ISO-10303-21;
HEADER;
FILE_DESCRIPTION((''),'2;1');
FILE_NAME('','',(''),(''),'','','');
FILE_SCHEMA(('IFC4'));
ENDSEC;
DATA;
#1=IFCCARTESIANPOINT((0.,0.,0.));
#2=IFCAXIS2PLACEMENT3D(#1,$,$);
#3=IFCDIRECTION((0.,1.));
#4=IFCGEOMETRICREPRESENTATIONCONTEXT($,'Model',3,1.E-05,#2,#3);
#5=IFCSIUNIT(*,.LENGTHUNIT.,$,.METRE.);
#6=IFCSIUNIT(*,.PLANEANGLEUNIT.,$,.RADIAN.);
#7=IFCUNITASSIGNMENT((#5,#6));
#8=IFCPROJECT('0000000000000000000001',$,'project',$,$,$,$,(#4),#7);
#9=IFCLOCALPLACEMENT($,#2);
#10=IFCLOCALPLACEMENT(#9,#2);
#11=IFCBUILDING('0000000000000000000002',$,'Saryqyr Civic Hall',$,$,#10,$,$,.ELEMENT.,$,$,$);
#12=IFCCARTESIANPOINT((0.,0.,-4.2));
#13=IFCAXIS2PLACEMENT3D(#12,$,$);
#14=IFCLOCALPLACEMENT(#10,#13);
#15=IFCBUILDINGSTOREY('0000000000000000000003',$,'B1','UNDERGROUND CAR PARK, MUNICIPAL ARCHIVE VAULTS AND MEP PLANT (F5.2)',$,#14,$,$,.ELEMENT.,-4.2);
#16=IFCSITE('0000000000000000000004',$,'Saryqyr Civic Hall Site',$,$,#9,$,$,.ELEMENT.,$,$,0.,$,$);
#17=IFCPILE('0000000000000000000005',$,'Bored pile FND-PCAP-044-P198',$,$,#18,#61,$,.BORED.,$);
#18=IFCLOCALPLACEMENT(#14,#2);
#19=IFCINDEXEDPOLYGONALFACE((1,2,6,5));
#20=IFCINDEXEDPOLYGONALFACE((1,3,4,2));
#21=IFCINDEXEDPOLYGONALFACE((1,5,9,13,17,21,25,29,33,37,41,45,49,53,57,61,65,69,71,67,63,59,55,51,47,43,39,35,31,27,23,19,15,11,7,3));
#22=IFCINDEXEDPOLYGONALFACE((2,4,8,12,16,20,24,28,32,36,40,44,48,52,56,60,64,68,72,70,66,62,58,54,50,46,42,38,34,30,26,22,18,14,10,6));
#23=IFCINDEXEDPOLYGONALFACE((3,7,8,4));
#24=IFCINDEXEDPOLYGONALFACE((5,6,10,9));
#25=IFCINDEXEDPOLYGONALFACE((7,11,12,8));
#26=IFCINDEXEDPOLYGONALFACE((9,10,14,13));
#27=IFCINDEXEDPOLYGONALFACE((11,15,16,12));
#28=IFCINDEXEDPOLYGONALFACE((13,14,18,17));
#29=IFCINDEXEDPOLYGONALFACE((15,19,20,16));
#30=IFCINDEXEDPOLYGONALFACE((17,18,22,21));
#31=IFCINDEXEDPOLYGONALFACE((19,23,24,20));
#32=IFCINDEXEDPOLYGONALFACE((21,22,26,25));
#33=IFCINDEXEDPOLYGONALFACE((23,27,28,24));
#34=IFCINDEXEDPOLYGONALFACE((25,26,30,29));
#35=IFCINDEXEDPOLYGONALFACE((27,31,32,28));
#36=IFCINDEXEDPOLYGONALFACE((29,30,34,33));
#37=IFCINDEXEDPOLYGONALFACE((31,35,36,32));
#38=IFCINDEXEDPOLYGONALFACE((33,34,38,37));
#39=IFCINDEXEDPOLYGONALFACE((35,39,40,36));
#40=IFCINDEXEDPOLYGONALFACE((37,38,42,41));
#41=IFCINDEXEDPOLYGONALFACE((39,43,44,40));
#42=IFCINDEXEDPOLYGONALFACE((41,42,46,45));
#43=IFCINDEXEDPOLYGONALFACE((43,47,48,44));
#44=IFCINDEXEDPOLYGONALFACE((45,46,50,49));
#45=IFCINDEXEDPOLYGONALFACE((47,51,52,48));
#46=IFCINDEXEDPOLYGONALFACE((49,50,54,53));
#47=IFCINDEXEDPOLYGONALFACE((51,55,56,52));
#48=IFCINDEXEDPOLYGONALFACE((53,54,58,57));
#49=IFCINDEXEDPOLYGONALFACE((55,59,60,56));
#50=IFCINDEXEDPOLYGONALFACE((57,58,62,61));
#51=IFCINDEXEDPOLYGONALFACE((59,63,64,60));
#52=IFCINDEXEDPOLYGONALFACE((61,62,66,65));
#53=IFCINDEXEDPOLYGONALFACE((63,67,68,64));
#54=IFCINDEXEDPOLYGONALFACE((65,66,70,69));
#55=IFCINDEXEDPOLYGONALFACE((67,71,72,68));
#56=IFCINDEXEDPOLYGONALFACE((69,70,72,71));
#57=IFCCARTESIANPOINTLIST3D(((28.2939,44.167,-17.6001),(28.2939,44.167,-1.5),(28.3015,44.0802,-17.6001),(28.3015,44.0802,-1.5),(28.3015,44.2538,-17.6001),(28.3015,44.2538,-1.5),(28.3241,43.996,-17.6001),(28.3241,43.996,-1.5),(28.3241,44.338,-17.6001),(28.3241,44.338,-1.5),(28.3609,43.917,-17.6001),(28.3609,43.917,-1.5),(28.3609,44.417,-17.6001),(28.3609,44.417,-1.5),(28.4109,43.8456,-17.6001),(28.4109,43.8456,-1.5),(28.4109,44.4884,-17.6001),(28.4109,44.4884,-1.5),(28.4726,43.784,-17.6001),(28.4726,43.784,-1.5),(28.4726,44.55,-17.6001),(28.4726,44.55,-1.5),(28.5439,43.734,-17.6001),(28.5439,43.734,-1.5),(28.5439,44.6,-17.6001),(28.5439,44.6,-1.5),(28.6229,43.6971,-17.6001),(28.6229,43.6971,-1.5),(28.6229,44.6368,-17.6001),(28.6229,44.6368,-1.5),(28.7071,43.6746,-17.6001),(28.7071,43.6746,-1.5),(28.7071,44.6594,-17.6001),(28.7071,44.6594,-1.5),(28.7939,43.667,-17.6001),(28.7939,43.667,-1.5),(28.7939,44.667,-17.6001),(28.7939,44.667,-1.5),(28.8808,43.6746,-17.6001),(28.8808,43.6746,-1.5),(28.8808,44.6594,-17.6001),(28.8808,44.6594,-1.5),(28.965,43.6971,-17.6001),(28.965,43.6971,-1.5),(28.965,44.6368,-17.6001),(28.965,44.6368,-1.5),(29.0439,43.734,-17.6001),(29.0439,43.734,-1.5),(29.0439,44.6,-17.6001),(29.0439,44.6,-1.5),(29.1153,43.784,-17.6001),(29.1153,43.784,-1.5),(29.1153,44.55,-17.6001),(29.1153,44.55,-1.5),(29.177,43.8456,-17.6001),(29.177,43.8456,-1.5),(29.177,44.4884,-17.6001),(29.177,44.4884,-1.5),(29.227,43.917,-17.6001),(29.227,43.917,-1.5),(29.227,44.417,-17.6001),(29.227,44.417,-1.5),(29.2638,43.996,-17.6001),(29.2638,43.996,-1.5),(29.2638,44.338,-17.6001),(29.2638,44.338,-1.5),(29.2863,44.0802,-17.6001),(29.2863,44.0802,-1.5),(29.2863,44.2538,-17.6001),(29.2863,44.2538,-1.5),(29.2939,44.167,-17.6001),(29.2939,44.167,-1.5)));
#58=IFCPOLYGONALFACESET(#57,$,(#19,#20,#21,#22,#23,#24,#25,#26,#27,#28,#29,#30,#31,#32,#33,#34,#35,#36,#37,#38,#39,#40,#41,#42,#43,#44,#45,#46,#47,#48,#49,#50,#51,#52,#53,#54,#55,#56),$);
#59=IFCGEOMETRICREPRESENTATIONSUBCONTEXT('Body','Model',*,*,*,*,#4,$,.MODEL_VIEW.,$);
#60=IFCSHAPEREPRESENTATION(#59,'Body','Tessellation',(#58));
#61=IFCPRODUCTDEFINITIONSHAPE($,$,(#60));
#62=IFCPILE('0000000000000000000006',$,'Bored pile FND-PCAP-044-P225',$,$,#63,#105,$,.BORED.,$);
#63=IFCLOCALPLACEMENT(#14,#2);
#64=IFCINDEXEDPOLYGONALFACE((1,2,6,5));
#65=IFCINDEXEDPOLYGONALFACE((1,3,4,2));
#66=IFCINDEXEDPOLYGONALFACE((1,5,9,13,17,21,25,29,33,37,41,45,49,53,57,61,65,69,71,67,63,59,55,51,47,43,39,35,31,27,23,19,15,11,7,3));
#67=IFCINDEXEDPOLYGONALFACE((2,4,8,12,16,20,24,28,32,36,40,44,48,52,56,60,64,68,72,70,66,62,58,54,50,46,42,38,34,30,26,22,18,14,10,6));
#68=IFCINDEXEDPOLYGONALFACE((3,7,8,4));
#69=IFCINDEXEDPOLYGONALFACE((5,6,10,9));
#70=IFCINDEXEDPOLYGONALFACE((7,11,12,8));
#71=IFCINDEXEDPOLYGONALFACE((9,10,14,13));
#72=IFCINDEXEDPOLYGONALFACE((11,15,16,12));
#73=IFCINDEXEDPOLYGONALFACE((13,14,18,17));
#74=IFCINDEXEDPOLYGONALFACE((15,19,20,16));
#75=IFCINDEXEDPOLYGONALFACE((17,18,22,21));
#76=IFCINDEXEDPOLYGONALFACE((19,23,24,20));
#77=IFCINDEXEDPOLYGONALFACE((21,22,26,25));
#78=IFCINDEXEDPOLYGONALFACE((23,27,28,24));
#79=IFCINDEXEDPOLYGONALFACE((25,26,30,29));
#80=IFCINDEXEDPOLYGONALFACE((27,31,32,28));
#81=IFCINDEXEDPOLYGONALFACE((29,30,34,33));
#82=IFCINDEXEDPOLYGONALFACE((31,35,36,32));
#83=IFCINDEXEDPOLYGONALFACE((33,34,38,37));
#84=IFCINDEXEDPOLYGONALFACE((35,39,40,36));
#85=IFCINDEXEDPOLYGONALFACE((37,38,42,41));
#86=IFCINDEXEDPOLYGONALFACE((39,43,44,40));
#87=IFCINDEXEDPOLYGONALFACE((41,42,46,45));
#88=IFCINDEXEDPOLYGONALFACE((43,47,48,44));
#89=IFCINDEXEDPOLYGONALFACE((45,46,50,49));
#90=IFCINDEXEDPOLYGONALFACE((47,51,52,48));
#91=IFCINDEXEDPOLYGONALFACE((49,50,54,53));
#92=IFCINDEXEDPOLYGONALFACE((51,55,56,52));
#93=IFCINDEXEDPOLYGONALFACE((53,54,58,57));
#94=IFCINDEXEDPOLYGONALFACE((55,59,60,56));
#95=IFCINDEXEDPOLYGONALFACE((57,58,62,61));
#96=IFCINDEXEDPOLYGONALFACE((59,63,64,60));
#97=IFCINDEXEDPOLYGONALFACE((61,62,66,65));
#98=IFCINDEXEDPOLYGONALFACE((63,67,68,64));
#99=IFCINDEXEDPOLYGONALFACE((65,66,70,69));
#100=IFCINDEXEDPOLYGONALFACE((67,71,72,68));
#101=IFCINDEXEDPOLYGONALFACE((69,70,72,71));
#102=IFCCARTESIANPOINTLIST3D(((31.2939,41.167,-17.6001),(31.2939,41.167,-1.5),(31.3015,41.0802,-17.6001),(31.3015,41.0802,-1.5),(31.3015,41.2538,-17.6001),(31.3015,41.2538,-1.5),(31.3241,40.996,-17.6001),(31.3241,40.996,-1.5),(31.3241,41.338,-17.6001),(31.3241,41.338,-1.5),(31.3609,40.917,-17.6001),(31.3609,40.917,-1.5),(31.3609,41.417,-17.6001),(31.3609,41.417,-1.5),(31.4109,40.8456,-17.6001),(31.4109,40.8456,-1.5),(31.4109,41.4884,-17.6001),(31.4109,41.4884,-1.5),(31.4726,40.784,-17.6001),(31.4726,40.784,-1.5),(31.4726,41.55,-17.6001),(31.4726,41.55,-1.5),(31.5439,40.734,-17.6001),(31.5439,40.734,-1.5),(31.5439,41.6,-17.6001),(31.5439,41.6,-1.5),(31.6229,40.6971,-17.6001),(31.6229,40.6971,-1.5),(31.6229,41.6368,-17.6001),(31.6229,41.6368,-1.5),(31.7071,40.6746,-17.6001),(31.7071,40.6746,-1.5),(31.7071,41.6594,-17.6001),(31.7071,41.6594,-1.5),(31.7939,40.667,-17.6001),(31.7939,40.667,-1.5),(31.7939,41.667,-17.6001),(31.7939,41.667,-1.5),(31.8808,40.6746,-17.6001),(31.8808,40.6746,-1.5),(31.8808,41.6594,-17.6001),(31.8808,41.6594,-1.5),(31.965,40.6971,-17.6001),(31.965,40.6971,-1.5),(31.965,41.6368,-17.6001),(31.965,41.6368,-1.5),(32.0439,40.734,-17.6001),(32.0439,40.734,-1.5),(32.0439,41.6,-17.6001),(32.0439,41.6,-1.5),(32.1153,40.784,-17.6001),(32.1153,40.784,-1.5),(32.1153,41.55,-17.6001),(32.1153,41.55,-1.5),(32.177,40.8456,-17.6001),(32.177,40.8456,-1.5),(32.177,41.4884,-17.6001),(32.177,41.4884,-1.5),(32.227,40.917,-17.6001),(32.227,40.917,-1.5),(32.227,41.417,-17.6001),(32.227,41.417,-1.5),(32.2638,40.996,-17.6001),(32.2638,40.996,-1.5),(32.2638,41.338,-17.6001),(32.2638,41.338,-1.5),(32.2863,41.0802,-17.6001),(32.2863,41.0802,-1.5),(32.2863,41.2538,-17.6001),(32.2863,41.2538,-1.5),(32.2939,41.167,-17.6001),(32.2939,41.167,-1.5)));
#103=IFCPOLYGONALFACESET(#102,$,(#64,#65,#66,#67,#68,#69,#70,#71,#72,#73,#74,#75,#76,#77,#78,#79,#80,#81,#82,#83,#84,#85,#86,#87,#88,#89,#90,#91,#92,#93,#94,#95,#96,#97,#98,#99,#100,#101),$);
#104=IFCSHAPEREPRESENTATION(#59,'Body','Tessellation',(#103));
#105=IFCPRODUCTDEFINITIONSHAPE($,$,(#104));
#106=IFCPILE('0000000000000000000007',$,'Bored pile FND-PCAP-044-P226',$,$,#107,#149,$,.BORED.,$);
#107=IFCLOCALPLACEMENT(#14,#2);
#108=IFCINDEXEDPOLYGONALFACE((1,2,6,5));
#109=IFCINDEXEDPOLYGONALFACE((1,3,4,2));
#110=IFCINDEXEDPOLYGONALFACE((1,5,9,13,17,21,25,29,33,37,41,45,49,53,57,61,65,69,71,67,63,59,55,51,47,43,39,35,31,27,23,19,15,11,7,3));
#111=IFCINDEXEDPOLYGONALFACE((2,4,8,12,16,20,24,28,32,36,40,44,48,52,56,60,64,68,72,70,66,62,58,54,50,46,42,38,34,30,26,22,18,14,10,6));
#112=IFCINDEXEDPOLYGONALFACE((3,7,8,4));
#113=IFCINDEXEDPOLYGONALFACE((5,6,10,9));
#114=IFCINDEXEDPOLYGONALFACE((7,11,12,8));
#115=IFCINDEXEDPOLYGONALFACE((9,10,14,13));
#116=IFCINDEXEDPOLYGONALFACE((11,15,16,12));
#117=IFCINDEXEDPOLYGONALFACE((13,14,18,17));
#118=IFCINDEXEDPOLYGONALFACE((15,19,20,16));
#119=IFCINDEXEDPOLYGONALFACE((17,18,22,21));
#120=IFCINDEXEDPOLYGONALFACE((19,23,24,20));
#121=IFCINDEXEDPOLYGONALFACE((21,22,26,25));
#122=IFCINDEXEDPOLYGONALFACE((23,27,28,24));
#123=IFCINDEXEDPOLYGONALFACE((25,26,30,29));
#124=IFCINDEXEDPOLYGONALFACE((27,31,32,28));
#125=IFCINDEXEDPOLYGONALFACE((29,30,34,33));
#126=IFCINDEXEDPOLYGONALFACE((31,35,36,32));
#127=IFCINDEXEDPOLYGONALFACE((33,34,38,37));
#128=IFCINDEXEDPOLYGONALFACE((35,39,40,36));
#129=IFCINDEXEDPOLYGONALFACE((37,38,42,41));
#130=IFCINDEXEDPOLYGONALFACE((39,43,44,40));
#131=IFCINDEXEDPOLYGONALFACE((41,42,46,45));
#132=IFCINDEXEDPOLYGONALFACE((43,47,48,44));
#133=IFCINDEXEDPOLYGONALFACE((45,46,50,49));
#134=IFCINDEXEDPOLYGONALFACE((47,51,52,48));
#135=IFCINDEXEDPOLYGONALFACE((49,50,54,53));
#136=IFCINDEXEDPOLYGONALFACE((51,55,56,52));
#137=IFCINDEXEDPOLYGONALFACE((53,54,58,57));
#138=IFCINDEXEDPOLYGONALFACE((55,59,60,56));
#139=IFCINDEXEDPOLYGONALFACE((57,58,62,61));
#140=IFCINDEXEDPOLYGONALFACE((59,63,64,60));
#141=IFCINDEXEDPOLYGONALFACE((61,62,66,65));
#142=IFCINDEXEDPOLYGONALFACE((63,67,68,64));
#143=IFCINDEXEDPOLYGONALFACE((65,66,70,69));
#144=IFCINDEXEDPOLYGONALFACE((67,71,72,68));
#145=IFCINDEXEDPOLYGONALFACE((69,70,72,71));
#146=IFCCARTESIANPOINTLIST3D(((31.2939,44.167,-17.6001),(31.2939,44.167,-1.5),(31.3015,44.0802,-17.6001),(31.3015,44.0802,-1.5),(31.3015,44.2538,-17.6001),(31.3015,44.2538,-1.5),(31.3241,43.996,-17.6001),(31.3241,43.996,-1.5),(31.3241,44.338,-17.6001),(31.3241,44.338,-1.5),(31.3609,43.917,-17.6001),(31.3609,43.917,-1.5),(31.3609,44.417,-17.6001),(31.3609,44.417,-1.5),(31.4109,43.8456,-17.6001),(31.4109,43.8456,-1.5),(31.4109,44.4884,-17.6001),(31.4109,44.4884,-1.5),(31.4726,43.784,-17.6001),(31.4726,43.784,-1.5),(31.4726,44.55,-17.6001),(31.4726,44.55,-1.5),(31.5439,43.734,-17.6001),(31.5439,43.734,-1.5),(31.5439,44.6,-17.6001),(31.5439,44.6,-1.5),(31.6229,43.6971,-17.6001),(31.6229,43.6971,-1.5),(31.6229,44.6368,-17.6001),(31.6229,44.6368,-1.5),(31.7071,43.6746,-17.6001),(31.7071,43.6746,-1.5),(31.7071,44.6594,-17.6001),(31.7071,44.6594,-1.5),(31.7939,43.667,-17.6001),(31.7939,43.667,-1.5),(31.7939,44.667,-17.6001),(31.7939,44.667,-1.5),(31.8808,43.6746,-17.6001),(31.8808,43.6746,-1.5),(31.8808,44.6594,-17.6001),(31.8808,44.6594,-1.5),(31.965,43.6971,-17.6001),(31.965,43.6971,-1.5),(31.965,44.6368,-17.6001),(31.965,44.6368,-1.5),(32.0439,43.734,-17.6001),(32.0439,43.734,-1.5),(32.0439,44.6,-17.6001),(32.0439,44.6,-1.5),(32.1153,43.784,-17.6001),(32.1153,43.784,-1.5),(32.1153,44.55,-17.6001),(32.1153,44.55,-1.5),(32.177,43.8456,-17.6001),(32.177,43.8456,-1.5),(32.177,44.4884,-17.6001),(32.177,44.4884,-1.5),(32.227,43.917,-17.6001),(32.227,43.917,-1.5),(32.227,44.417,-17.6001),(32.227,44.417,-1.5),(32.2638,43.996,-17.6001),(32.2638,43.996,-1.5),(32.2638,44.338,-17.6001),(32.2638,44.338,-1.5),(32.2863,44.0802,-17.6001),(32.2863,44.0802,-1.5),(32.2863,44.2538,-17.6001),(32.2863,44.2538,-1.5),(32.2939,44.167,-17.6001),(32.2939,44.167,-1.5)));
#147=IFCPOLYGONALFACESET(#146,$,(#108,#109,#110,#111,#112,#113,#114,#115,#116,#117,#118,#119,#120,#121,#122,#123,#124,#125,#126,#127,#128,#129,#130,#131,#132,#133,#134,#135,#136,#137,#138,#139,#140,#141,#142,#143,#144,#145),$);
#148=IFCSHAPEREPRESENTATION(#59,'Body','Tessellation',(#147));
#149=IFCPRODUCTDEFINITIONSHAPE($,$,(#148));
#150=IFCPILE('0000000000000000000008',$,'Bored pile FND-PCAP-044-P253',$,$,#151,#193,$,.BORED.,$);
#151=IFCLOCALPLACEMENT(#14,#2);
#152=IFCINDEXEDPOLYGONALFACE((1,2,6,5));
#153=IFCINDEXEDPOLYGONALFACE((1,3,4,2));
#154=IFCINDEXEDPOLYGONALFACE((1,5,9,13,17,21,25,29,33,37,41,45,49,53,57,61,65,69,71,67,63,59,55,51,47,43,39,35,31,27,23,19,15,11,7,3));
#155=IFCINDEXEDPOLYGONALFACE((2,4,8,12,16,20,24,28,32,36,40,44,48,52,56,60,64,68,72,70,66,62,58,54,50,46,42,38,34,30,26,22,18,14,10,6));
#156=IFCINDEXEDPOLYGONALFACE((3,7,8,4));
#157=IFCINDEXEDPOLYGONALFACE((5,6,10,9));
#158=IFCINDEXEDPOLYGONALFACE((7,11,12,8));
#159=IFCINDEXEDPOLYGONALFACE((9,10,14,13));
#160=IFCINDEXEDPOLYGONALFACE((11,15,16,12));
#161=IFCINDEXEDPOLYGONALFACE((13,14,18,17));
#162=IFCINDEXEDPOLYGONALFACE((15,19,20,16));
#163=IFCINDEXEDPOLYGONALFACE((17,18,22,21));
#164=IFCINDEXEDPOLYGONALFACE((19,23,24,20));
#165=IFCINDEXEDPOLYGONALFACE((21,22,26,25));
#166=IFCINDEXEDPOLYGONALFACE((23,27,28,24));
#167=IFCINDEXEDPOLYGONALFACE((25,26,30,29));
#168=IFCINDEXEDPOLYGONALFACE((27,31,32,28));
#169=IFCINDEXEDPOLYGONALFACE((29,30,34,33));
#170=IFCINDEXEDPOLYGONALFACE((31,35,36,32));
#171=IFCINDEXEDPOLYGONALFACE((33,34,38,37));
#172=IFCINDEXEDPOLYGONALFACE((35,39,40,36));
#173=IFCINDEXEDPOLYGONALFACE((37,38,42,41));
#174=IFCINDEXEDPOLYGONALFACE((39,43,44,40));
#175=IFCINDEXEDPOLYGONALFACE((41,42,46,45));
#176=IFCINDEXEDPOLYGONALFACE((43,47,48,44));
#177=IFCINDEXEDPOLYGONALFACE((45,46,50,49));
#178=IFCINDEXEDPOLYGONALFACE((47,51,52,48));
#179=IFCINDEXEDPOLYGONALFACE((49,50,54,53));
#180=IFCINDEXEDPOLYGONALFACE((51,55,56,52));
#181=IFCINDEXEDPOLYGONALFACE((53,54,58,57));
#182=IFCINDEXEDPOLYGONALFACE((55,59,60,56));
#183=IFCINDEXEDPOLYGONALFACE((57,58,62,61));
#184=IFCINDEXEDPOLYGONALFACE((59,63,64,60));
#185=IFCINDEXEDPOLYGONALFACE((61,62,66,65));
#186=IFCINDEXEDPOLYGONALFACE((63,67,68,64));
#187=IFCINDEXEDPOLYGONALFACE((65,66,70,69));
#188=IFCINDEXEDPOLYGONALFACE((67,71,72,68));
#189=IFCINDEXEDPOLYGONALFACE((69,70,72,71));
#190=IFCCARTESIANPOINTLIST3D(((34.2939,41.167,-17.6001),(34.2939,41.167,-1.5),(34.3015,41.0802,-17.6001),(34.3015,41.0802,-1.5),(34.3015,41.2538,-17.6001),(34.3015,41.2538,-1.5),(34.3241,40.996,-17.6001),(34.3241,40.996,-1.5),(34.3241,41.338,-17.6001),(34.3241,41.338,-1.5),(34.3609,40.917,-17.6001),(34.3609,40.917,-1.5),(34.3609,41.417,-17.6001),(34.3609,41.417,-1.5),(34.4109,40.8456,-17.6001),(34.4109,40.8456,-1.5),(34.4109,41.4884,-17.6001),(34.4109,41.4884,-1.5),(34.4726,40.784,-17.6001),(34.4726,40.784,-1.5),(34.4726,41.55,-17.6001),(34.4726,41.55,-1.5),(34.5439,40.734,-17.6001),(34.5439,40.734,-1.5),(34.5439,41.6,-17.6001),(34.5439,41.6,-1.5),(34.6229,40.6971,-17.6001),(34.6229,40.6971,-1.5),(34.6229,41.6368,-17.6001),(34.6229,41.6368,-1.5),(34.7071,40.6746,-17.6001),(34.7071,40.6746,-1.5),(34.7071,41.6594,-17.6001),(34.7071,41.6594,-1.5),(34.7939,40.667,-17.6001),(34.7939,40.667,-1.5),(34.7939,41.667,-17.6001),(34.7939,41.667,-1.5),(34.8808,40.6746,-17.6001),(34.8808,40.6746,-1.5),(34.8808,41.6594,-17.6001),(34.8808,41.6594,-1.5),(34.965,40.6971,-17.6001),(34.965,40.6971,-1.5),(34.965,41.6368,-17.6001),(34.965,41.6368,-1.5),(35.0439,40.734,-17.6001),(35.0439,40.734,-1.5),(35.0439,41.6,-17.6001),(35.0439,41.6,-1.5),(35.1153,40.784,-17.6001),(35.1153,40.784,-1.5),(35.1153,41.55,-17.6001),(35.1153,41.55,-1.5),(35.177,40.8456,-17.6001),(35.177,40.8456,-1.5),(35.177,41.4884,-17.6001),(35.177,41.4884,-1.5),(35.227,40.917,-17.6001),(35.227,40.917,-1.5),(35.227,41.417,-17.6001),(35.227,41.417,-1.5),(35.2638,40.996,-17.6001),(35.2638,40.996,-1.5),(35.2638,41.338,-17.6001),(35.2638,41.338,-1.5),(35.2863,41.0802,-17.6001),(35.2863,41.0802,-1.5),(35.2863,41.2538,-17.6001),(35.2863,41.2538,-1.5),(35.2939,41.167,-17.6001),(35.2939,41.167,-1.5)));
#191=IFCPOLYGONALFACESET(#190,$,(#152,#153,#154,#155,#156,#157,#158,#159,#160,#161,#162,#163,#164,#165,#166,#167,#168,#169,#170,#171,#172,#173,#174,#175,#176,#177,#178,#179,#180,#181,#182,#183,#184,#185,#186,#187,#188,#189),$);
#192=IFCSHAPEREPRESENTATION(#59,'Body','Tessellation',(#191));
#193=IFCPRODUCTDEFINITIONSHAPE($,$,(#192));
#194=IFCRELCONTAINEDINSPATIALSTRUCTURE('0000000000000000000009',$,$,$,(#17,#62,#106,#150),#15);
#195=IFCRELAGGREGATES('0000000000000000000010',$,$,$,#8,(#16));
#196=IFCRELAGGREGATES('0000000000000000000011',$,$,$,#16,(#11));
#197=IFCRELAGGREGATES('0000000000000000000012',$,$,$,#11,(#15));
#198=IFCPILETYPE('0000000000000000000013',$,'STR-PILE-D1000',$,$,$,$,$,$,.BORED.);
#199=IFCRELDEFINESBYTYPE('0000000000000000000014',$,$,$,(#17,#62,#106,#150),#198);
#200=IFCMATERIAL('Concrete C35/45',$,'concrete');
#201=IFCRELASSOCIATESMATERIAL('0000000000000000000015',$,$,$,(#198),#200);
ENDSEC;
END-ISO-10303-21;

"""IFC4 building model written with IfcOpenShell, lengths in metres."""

from ifc_helpers import new_model, si_unit, direction, frame, origin, origin_2d, place, context, subcontext, project, spatial, circle, extrude, material, material_profile, profile_set, type_object, element, save


model = new_model("IFC4")

# Units and contexts
model_context = context("Model", 3, precision=1e-05, world=origin(), true_north=direction((0.0, 1.0)))
body_context = subcontext(model_context, "Body", "Model", "MODEL_VIEW")
ifc_project = project(units=[si_unit("LENGTHUNIT", "METRE"), si_unit("PLANEANGLEUNIT", "RADIAN")], contexts=[model_context])

# Site, building, storey
site_placement = place(None, origin())
site = spatial("IfcSite", under=ifc_project, at=site_placement, Name="Saryqyr Civic Hall Site", CompositionType="ELEMENT", RefElevation=0.0)
building_placement = place(site_placement, origin())
building = spatial("IfcBuilding", under=site, at=building_placement, Name="Saryqyr Civic Hall", CompositionType="ELEMENT")
storey_placement = place(building_placement, frame((0.0, 0.0, -4.2)))
storey = spatial("IfcBuildingStorey", under=building, at=storey_placement, Name="B1", Description="UNDERGROUND CAR PARK, MUNICIPAL ARCHIVE VAULTS AND MEP PLANT (F5.2)", CompositionType="ELEMENT", Elevation=-4.2)

# Shared definitions
ifc_material_1 = material(Name="Concrete C35/45", Category="concrete")

# Piles
ifc_material_profile_1 = material_profile(ifc_material_1, circle(Radius=0.5, at=origin_2d()), Name="BORED PILE D1000")
ifc_profile_set_1 = profile_set([ifc_material_profile_1], Name="Concrete C35/45")
pile_type_1 = type_object("IfcPileType", Name="STR-PILE-D1000", PredefinedType="BORED", material=ifc_profile_set_1)
for number, where, z_axis, x_axis, name in (
    (1, (28.7939, 44.167, -1.5), (0.0, 0.0, -1.0), (1.0, 0.0, 0.0), "Bored pile FND-PCAP-044-P198"),
    (2, (31.7939, 41.167, -1.5), (0.0, 0.0, -1.0), (1.0, 0.0, 0.0), "Bored pile FND-PCAP-044-P225"),
    (3, (31.7939, 44.167, -1.5), (0.0, 0.0, -1.0), (1.0, 0.0, 0.0), "Bored pile FND-PCAP-044-P226"),
    (4, (34.7939, 41.167, -1.5), (0.0, 0.0, -1.0), (1.0, 0.0, 0.0), "Bored pile FND-PCAP-044-P253"),
):
    element("IfcPile", number, at=place(storey_placement, frame(where, z_axis=z_axis, x_axis=x_axis)), inside=storey, type_object=pile_type_1, Name=name, PredefinedType="BORED", context=body_context, shape_type="SweptSolid", body=[
        extrude(circle(Radius=0.5, at=origin_2d()), origin(), (0.0, 0.0, 1.0), 16.1001),
    ])

save(model, "model.ifc")
